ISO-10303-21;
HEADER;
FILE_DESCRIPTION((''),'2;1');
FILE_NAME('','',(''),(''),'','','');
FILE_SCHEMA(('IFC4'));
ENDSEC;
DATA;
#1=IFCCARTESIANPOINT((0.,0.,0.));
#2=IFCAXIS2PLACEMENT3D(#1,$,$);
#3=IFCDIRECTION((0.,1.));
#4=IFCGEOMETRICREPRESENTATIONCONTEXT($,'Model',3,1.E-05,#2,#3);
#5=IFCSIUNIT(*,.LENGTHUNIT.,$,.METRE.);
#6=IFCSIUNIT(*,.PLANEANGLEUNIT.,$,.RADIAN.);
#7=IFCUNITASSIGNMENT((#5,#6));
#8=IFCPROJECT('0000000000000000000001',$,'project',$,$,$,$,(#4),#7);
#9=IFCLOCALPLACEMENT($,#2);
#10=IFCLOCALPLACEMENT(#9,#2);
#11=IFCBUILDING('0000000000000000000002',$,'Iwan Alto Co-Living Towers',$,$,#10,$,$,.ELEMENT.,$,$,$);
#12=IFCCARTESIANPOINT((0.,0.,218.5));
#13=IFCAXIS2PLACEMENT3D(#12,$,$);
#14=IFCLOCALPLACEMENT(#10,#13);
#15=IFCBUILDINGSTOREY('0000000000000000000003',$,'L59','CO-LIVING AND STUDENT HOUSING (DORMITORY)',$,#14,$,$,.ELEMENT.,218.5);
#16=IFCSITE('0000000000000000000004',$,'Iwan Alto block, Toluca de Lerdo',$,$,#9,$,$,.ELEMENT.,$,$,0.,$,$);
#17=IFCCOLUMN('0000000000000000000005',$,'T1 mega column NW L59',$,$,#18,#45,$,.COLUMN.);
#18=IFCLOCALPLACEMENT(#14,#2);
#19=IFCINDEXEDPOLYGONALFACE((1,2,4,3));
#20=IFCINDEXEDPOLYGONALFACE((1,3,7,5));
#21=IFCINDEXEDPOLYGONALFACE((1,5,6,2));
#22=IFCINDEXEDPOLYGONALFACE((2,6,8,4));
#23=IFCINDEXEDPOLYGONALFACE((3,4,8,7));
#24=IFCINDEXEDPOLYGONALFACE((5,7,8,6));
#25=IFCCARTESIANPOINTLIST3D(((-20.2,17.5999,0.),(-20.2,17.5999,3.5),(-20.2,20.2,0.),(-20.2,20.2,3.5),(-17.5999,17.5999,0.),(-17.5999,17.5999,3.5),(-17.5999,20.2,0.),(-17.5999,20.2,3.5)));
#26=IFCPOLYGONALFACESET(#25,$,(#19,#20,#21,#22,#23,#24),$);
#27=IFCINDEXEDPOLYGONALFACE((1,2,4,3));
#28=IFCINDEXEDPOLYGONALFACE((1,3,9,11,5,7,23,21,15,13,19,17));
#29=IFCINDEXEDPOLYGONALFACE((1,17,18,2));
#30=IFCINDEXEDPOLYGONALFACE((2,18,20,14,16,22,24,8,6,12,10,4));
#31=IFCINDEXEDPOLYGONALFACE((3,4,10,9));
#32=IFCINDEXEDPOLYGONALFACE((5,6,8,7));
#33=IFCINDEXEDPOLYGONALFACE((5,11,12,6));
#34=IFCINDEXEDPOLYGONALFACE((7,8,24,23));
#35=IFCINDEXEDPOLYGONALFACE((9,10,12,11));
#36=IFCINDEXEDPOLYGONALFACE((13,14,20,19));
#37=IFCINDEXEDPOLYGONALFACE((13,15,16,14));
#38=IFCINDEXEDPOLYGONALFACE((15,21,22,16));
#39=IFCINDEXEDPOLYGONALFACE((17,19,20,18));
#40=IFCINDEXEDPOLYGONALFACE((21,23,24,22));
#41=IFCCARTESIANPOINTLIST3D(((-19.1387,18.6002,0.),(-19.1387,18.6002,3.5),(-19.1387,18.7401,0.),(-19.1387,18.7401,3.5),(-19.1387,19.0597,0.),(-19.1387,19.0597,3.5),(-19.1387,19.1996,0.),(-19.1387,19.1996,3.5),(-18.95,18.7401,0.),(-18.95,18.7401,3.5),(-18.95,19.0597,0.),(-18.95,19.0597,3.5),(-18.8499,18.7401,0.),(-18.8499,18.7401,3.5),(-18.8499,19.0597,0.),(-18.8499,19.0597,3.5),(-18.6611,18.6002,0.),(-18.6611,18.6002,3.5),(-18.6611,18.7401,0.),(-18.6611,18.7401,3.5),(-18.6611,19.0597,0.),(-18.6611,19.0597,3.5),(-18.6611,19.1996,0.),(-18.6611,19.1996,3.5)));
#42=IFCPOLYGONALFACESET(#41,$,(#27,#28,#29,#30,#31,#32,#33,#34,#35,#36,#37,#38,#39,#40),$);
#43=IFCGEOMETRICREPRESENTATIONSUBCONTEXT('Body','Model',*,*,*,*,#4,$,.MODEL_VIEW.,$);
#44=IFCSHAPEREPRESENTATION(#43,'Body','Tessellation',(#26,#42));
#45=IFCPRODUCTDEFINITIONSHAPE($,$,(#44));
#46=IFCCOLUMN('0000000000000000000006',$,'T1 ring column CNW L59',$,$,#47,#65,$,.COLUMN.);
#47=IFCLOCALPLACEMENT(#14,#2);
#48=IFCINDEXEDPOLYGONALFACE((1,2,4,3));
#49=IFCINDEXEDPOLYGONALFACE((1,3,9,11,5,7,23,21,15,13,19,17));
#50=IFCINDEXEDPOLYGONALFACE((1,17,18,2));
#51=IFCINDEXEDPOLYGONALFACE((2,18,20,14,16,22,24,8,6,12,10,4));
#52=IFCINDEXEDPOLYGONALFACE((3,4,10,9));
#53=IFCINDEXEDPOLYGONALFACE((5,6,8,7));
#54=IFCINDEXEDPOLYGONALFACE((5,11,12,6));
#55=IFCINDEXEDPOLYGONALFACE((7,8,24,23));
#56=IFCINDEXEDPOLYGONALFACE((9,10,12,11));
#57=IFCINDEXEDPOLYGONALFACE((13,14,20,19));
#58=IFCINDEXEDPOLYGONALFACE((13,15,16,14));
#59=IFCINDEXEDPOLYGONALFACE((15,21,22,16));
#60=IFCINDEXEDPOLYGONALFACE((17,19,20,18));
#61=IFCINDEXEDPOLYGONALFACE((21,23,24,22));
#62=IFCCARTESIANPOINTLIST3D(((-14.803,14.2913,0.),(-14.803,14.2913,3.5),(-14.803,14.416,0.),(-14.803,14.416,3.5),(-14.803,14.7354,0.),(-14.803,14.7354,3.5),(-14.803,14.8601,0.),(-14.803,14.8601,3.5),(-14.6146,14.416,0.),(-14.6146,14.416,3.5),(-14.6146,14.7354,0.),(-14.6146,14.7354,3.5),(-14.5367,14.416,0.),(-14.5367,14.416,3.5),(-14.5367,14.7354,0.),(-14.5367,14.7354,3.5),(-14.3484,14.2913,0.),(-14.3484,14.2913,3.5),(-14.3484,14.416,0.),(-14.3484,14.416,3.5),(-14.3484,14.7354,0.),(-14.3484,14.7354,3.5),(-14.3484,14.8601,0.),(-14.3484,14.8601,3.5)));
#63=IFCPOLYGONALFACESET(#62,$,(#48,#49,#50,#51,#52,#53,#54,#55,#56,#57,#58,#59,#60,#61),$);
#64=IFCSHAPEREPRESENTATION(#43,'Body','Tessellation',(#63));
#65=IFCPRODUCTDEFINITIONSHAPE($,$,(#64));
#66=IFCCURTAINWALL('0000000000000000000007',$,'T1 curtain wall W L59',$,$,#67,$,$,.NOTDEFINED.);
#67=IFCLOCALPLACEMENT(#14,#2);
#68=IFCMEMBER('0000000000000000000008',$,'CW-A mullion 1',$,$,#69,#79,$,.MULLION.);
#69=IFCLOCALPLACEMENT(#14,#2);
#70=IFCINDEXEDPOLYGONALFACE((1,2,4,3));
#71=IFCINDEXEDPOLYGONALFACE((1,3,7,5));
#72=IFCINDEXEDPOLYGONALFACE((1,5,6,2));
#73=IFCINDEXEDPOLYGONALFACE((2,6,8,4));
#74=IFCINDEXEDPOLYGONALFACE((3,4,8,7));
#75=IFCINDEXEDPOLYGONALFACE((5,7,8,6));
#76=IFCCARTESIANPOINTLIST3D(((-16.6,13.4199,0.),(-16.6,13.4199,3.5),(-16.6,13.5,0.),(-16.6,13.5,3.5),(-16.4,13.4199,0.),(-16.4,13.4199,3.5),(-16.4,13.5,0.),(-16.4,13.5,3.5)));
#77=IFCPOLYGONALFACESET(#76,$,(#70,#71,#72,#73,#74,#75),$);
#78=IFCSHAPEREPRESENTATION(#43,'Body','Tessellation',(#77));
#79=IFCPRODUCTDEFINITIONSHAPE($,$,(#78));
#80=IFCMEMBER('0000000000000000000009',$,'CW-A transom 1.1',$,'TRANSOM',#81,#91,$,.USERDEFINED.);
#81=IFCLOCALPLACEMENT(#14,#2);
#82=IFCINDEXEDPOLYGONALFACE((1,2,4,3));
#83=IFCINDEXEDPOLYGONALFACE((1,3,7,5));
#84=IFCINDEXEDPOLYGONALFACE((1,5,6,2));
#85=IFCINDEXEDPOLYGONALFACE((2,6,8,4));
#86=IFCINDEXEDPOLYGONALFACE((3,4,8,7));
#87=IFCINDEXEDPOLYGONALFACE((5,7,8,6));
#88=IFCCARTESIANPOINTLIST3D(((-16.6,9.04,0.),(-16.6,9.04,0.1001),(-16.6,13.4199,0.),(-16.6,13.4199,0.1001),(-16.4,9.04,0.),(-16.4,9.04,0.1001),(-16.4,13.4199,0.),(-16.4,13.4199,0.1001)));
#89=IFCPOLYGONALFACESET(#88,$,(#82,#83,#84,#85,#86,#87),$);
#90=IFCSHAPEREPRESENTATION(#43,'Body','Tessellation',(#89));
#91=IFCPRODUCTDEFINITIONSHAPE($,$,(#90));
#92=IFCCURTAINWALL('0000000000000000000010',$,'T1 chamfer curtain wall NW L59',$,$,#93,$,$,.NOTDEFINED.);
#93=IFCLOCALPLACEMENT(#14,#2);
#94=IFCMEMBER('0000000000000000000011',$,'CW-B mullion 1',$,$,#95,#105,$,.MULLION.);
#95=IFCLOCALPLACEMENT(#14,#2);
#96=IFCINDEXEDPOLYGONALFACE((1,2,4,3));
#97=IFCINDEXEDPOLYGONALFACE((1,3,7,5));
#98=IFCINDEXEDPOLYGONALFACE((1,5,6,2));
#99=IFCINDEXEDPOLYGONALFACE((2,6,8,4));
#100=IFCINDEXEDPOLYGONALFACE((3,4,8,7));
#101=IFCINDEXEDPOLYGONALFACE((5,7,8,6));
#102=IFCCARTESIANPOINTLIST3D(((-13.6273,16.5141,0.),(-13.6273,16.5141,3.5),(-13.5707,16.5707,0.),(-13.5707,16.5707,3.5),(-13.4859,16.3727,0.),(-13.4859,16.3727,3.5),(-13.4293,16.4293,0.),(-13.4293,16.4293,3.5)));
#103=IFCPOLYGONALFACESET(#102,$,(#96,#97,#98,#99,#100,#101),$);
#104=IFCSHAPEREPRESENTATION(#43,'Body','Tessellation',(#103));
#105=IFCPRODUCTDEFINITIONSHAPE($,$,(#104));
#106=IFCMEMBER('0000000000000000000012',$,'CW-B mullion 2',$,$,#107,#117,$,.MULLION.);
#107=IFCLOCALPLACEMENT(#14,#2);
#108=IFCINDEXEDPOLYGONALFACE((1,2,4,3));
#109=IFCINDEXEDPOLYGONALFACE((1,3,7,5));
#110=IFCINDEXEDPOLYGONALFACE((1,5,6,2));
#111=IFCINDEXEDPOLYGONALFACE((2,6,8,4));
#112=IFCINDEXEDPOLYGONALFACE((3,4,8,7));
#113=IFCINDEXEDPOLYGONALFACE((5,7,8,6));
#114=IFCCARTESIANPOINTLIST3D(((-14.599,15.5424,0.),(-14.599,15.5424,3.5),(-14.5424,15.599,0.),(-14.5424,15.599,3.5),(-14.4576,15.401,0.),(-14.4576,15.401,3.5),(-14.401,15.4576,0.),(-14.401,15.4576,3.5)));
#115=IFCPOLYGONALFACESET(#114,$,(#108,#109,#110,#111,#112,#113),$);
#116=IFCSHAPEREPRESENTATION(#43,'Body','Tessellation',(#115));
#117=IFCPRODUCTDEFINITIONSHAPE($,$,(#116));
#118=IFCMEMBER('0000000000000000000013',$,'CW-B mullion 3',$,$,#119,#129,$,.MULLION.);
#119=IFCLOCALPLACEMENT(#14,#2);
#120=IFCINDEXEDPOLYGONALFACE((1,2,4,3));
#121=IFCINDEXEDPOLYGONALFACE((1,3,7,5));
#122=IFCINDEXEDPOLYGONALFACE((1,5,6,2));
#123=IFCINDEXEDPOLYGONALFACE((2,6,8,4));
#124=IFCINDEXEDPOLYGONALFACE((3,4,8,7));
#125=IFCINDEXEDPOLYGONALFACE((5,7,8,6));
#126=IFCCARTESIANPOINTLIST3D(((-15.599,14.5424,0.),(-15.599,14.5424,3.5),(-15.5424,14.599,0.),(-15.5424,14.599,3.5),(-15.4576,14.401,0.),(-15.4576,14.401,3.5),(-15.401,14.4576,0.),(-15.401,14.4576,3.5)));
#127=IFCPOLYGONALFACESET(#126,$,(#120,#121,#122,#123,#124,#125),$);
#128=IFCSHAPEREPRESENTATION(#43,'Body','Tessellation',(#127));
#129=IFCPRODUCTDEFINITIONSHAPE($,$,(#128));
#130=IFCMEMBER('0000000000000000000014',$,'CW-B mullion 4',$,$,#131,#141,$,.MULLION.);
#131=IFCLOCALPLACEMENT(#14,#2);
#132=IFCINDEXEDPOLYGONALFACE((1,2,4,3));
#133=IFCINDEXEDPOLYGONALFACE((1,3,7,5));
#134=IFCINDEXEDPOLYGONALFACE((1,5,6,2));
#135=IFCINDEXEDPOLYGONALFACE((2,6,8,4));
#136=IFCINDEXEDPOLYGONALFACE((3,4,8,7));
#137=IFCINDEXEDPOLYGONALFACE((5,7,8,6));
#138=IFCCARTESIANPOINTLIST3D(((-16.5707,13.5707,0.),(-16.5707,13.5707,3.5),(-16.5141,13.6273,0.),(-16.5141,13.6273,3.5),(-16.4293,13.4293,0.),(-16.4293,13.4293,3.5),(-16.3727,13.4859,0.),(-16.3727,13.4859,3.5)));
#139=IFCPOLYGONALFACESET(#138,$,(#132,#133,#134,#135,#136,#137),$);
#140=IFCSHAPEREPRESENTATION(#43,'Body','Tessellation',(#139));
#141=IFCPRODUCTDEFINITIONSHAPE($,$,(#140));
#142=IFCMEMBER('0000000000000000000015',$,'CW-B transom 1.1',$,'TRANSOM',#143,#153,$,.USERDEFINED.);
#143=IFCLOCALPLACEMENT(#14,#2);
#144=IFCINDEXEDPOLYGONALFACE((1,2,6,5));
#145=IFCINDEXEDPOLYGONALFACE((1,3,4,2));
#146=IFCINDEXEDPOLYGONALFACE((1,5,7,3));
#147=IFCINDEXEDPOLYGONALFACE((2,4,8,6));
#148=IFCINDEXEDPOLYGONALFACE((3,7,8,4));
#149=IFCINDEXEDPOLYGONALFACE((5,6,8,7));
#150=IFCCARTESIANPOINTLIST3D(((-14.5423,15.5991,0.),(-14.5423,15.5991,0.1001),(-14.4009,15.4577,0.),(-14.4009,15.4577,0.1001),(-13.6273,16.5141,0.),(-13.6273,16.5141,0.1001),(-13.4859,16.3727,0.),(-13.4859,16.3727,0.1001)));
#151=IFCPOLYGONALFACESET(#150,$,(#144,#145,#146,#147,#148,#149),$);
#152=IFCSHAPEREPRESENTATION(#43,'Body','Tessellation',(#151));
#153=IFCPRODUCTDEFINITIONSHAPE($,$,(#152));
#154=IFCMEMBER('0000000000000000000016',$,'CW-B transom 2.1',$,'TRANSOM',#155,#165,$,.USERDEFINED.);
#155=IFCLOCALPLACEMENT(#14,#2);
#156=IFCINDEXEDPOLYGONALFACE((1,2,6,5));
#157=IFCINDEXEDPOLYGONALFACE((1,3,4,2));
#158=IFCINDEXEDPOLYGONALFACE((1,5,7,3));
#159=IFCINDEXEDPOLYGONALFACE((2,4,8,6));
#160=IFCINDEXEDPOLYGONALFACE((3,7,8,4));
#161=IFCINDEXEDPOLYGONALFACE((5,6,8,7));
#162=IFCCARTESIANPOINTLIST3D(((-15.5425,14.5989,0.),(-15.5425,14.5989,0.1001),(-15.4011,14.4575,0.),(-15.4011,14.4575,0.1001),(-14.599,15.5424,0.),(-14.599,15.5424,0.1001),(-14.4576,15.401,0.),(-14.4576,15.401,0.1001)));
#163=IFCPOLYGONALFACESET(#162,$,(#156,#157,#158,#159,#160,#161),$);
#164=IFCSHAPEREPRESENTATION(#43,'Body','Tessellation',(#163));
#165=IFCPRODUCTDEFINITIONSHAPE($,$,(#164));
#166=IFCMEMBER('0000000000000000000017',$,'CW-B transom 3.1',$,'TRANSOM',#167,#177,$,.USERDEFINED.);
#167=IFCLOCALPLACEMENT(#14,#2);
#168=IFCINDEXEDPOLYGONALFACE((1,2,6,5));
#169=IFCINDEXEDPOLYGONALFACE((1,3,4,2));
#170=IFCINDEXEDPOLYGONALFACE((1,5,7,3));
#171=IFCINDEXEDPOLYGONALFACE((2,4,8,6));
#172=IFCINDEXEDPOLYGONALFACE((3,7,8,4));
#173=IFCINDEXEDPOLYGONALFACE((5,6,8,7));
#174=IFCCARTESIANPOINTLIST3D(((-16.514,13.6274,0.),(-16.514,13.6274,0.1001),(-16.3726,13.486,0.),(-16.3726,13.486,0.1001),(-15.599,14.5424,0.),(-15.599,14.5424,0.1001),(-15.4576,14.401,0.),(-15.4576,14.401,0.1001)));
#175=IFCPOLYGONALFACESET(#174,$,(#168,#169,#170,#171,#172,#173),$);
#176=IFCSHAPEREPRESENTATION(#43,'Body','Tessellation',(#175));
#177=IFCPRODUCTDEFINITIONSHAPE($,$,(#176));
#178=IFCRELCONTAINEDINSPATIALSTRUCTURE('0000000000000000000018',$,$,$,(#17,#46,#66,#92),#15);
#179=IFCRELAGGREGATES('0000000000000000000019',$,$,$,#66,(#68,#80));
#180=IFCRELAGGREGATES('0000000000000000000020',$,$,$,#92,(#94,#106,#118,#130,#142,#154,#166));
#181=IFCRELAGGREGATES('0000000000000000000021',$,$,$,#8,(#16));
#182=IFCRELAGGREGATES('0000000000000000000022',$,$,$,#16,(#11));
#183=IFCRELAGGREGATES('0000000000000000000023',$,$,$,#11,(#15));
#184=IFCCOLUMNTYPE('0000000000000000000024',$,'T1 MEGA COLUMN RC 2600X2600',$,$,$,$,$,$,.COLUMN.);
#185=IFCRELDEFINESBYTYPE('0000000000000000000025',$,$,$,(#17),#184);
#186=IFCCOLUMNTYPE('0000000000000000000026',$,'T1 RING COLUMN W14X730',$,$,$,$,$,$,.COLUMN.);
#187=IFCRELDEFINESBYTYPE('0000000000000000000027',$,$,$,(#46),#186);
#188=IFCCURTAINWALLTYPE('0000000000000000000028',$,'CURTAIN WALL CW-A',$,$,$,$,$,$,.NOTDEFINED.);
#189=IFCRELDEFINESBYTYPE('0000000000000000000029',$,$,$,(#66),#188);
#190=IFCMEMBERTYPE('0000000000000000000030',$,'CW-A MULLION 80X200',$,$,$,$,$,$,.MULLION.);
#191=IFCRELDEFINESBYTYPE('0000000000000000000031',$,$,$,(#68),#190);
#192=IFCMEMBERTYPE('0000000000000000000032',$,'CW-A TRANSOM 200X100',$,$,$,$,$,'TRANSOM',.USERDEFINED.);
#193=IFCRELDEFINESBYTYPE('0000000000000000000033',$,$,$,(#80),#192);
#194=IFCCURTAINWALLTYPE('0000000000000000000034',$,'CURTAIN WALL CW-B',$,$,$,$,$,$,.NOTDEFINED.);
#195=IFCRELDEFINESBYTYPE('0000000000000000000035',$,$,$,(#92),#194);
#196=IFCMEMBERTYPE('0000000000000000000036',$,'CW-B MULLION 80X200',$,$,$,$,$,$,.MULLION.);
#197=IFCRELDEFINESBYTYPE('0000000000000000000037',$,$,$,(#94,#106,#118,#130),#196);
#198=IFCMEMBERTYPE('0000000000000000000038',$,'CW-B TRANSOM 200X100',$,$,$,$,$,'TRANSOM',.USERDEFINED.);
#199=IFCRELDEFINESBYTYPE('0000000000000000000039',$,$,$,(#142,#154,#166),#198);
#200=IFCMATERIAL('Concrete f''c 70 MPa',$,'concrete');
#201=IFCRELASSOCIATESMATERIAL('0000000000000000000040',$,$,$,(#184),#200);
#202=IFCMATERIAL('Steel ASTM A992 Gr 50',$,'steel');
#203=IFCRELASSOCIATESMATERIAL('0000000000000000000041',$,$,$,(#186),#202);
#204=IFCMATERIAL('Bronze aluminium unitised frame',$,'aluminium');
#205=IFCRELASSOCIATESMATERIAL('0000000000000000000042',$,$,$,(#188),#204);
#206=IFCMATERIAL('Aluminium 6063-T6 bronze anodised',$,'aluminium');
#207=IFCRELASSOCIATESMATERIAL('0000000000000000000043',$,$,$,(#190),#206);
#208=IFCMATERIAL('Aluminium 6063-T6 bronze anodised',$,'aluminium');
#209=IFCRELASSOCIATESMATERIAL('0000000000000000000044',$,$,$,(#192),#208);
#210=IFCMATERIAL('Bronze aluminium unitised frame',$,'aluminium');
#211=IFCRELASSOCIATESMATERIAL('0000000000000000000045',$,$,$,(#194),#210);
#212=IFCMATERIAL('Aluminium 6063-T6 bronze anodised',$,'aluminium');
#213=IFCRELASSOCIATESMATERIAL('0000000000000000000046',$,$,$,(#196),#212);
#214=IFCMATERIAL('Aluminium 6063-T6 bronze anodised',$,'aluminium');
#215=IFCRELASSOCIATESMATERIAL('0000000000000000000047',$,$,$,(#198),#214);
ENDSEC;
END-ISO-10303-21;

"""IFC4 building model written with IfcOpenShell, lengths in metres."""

from ifc_helpers import new_model, si_unit, direction, frame, origin, origin_2d, place, context, subcontext, project, spatial, rectangle, i_section, extrude, material, material_profile, profile_set, type_object, element, aggregate, save


model = new_model("IFC4")

# Units and contexts
model_context = context("Model", 3, precision=1e-05, world=origin(), true_north=direction((0.0, 1.0)))
body_context = subcontext(model_context, "Body", "Model", "MODEL_VIEW")
ifc_project = project(units=[si_unit("LENGTHUNIT", "METRE"), si_unit("PLANEANGLEUNIT", "RADIAN")], contexts=[model_context])

# Site, building, storey
site_placement = place(None, origin())
site = spatial("IfcSite", under=ifc_project, at=site_placement, Name="Iwan Alto block, Toluca de Lerdo", CompositionType="ELEMENT", RefElevation=0.0)
building_placement = place(site_placement, origin())
building = spatial("IfcBuilding", under=site, at=building_placement, Name="Iwan Alto Co-Living Towers", CompositionType="ELEMENT")
storey_placement = place(building_placement, frame((0.0, 0.0, 218.5)))
storey = spatial("IfcBuildingStorey", under=building, at=storey_placement, Name="L59", Description="CO-LIVING AND STUDENT HOUSING (DORMITORY)", CompositionType="ELEMENT", Elevation=218.5)

# Columns
ifc_material_1 = material(Name="Concrete f'c 70 MPa", Category="concrete")
ifc_material_profile_1 = material_profile(ifc_material_1, rectangle(XDim=2.6001, YDim=2.6001, at=origin_2d()), Name="RC 2600X2600")
ifc_profile_set_1 = profile_set([ifc_material_profile_1], Name="Concrete f'c 70 MPa")
column_type_1 = type_object("IfcColumnType", Name="T1 MEGA COLUMN RC 2600X2600", PredefinedType="COLUMN", material=ifc_profile_set_1)
column_1_placement = place(storey_placement, frame((-18.8999, 18.8999, 0.0), z_axis=(0.0, 0.0, 1.0), x_axis=(1.0, 0.0, 0.0)))
element("IfcColumn", 1, at=column_1_placement, inside=storey, type_object=column_type_1, Name="T1 mega column NW L59", PredefinedType="COLUMN", context=body_context, shape_type="SweptSolid", body=[
    extrude(rectangle(XDim=2.6001, YDim=2.6001, at=origin_2d()), origin(), (0.0, 0.0, 1.0), 3.5),
    extrude(i_section(OverallWidth=0.4775, OverallDepth=0.5994, WebThickness=0.1001, FlangeThickness=0.1399, at=origin_2d()), origin(), (0.0, 0.0, 1.0), 3.5),
])
ifc_material_2 = material(Name="Steel ASTM A992 Gr 50", Category="steel")
ifc_material_profile_2 = material_profile(ifc_material_2, i_section(OverallWidth=0.4546, OverallDepth=0.5688, WebThickness=0.0779, FlangeThickness=0.1248, at=origin_2d()), Name="W14X730")
ifc_profile_set_2 = profile_set([ifc_material_profile_2], Name="Steel ASTM A992 Gr 50")
column_type_2 = type_object("IfcColumnType", Name="T1 RING COLUMN W14X730", PredefinedType="COLUMN", material=ifc_profile_set_2)
column_2_placement = place(storey_placement, frame((-14.5757, 14.5757, 0.0), z_axis=(0.0, 0.0, 1.0), x_axis=(1.0, 0.0, 0.0)))
element("IfcColumn", 2, at=column_2_placement, inside=storey, type_object=column_type_2, Name="T1 ring column CNW L59", PredefinedType="COLUMN", context=body_context, shape_type="SweptSolid", body=[
    extrude(i_section(OverallWidth=0.4546, OverallDepth=0.5688, WebThickness=0.0779, FlangeThickness=0.1248, at=origin_2d()), origin(), (0.0, 0.0, 1.0), 3.5),
])

# Curtain walls, members
ifc_material_3 = material(Name="Bronze aluminium unitised frame", Category="aluminium")
curtain_wall_type_1 = type_object("IfcCurtainWallType", Name="CURTAIN WALL CW-A", PredefinedType="NOTDEFINED", material=ifc_material_3)
curtain_wall_1_placement = place(storey_placement, origin())
curtain_wall_1 = element("IfcCurtainWall", 3, at=curtain_wall_1_placement, inside=storey, type_object=curtain_wall_type_1, Name="T1 curtain wall W L59", PredefinedType="NOTDEFINED")
ifc_material_4 = material(Name="Aluminium 6063-T6 bronze anodised", Category="aluminium")
ifc_material_profile_3 = material_profile(ifc_material_4, rectangle(XDim=0.2, YDim=0.0801, at=origin_2d()), Name="AL 80X200")
ifc_profile_set_3 = profile_set([ifc_material_profile_3], Name="Aluminium 6063-T6 bronze anodised")
member_type_1 = type_object("IfcMemberType", Name="CW-A MULLION 80X200", PredefinedType="MULLION", material=ifc_profile_set_3)
member_1_placement = place(storey_placement, frame((-16.5, 13.46, 0.0), z_axis=(0.0, 0.0, 1.0), x_axis=(1.0, 0.0, 0.0)))
member_1 = element("IfcMember", 4, at=member_1_placement, type_object=member_type_1, Name="CW-A mullion 1", PredefinedType="MULLION", context=body_context, shape_type="SweptSolid", body=[
    extrude(rectangle(XDim=0.2, YDim=0.0801, at=origin_2d()), origin(), (0.0, 0.0, 1.0), 3.5),
])
ifc_material_5 = material(Name="Aluminium 6063-T6 bronze anodised", Category="aluminium")
ifc_material_profile_4 = material_profile(ifc_material_5, rectangle(XDim=0.2, YDim=0.1001, at=origin_2d()), Name="AL 200X100")
ifc_profile_set_4 = profile_set([ifc_material_profile_4], Name="Aluminium 6063-T6 bronze anodised")
member_type_2 = type_object("IfcMemberType", Name="CW-A TRANSOM 200X100", ElementType="TRANSOM", PredefinedType="USERDEFINED", material=ifc_profile_set_4)
member_2_placement = place(storey_placement, frame((-16.5, 13.4199, 0.05), z_axis=(0.0, -1.0, 0.0), x_axis=(1.0, 0.0, 0.0)))
member_2 = element("IfcMember", 5, at=member_2_placement, type_object=member_type_2, Name="CW-A transom 1.1", ObjectType="TRANSOM", PredefinedType="USERDEFINED", context=body_context, shape_type="SweptSolid", body=[
    extrude(rectangle(XDim=0.2, YDim=0.1001, at=origin_2d()), origin(), (0.0, 0.0, 1.0), 4.3799),
])
ifc_material_6 = material(Name="Bronze aluminium unitised frame", Category="aluminium")
curtain_wall_type_2 = type_object("IfcCurtainWallType", Name="CURTAIN WALL CW-B", PredefinedType="NOTDEFINED", material=ifc_material_6)
curtain_wall_2_placement = place(storey_placement, origin())
curtain_wall_2 = element("IfcCurtainWall", 6, at=curtain_wall_2_placement, inside=storey, type_object=curtain_wall_type_2, Name="T1 chamfer curtain wall NW L59", PredefinedType="NOTDEFINED")
ifc_material_7 = material(Name="Aluminium 6063-T6 bronze anodised", Category="aluminium")
ifc_material_profile_5 = material_profile(ifc_material_7, rectangle(XDim=0.2, YDim=0.0801, at=origin_2d()), Name="AL 80X200")
ifc_profile_set_5 = profile_set([ifc_material_profile_5], Name="Aluminium 6063-T6 bronze anodised")
member_type_3 = type_object("IfcMemberType", Name="CW-B MULLION 80X200", PredefinedType="MULLION", material=ifc_profile_set_5)
member_3_placement = place(storey_placement, frame((-13.5283, 16.4717, 0.0), z_axis=(0.0, 0.0, 1.0), x_axis=(0.707107, -0.707107, 0.0)))
member_3 = element("IfcMember", 7, at=member_3_placement, type_object=member_type_3, Name="CW-B mullion 1", PredefinedType="MULLION", context=body_context, shape_type="SweptSolid", body=[
    extrude(rectangle(XDim=0.2, YDim=0.0801, at=origin_2d()), origin(), (0.0, 0.0, 1.0), 3.5),
])
member_4_placement = place(storey_placement, frame((-14.5, 15.5, 0.0), z_axis=(0.0, 0.0, 1.0), x_axis=(0.707107, -0.707107, 0.0)))
member_4 = element("IfcMember", 8, at=member_4_placement, type_object=member_type_3, Name="CW-B mullion 2", PredefinedType="MULLION", context=body_context, shape_type="SweptSolid", body=[
    extrude(rectangle(XDim=0.2, YDim=0.0801, at=origin_2d()), origin(), (0.0, 0.0, 1.0), 3.5),
])
member_5_placement = place(storey_placement, frame((-15.5, 14.5, 0.0), z_axis=(0.0, 0.0, 1.0), x_axis=(0.707107, -0.707107, 0.0)))
member_5 = element("IfcMember", 9, at=member_5_placement, type_object=member_type_3, Name="CW-B mullion 3", PredefinedType="MULLION", context=body_context, shape_type="SweptSolid", body=[
    extrude(rectangle(XDim=0.2, YDim=0.0801, at=origin_2d()), origin(), (0.0, 0.0, 1.0), 3.5),
])
member_6_placement = place(storey_placement, frame((-16.4717, 13.5283, 0.0), z_axis=(0.0, 0.0, 1.0), x_axis=(0.707107, -0.707107, 0.0)))
member_6 = element("IfcMember", 10, at=member_6_placement, type_object=member_type_3, Name="CW-B mullion 4", PredefinedType="MULLION", context=body_context, shape_type="SweptSolid", body=[
    extrude(rectangle(XDim=0.2, YDim=0.0801, at=origin_2d()), origin(), (0.0, 0.0, 1.0), 3.5),
])
ifc_material_8 = material(Name="Aluminium 6063-T6 bronze anodised", Category="aluminium")
ifc_material_profile_6 = material_profile(ifc_material_8, rectangle(XDim=0.2, YDim=0.1001, at=origin_2d()), Name="AL 200X100")
ifc_profile_set_6 = profile_set([ifc_material_profile_6], Name="Aluminium 6063-T6 bronze anodised")
member_type_4 = type_object("IfcMemberType", Name="CW-B TRANSOM 200X100", ElementType="TRANSOM", PredefinedType="USERDEFINED", material=ifc_profile_set_6)
member_7_placement = place(storey_placement, frame((-13.5566, 16.4434, 0.05), z_axis=(-0.707107, -0.707107, 0.0), x_axis=(0.707107, -0.707107, 0.0)))
member_7 = element("IfcMember", 11, at=member_7_placement, type_object=member_type_4, Name="CW-B transom 1.1", ObjectType="TRANSOM", PredefinedType="USERDEFINED", context=body_context, shape_type="SweptSolid", body=[
    extrude(rectangle(XDim=0.2, YDim=0.1001, at=origin_2d()), origin(), (0.0, 0.0, 1.0), 1.2939),
])
member_8_placement = place(storey_placement, frame((-14.5283, 15.4717, 0.05), z_axis=(-0.707107, -0.707107, 0.0), x_axis=(0.707107, -0.707107, 0.0)))
member_8 = element("IfcMember", 12, at=member_8_placement, type_object=member_type_4, Name="CW-B transom 2.1", ObjectType="TRANSOM", PredefinedType="USERDEFINED", context=body_context, shape_type="SweptSolid", body=[
    extrude(rectangle(XDim=0.2, YDim=0.1001, at=origin_2d()), origin(), (0.0, 0.0, 1.0), 1.3342),
])
member_9_placement = place(storey_placement, frame((-15.5283, 14.4717, 0.05), z_axis=(-0.707107, -0.707107, 0.0), x_axis=(0.707107, -0.707107, 0.0)))
member_9 = element("IfcMember", 13, at=member_9_placement, type_object=member_type_4, Name="CW-B transom 3.1", ObjectType="TRANSOM", PredefinedType="USERDEFINED", context=body_context, shape_type="SweptSolid", body=[
    extrude(rectangle(XDim=0.2, YDim=0.1001, at=origin_2d()), origin(), (0.0, 0.0, 1.0), 1.2939),
])

aggregate(curtain_wall_1, [member_1, member_2])
aggregate(curtain_wall_2, [member_3, member_4, member_5, member_6, member_7, member_8, member_9])

save(model, "model.ifc")
